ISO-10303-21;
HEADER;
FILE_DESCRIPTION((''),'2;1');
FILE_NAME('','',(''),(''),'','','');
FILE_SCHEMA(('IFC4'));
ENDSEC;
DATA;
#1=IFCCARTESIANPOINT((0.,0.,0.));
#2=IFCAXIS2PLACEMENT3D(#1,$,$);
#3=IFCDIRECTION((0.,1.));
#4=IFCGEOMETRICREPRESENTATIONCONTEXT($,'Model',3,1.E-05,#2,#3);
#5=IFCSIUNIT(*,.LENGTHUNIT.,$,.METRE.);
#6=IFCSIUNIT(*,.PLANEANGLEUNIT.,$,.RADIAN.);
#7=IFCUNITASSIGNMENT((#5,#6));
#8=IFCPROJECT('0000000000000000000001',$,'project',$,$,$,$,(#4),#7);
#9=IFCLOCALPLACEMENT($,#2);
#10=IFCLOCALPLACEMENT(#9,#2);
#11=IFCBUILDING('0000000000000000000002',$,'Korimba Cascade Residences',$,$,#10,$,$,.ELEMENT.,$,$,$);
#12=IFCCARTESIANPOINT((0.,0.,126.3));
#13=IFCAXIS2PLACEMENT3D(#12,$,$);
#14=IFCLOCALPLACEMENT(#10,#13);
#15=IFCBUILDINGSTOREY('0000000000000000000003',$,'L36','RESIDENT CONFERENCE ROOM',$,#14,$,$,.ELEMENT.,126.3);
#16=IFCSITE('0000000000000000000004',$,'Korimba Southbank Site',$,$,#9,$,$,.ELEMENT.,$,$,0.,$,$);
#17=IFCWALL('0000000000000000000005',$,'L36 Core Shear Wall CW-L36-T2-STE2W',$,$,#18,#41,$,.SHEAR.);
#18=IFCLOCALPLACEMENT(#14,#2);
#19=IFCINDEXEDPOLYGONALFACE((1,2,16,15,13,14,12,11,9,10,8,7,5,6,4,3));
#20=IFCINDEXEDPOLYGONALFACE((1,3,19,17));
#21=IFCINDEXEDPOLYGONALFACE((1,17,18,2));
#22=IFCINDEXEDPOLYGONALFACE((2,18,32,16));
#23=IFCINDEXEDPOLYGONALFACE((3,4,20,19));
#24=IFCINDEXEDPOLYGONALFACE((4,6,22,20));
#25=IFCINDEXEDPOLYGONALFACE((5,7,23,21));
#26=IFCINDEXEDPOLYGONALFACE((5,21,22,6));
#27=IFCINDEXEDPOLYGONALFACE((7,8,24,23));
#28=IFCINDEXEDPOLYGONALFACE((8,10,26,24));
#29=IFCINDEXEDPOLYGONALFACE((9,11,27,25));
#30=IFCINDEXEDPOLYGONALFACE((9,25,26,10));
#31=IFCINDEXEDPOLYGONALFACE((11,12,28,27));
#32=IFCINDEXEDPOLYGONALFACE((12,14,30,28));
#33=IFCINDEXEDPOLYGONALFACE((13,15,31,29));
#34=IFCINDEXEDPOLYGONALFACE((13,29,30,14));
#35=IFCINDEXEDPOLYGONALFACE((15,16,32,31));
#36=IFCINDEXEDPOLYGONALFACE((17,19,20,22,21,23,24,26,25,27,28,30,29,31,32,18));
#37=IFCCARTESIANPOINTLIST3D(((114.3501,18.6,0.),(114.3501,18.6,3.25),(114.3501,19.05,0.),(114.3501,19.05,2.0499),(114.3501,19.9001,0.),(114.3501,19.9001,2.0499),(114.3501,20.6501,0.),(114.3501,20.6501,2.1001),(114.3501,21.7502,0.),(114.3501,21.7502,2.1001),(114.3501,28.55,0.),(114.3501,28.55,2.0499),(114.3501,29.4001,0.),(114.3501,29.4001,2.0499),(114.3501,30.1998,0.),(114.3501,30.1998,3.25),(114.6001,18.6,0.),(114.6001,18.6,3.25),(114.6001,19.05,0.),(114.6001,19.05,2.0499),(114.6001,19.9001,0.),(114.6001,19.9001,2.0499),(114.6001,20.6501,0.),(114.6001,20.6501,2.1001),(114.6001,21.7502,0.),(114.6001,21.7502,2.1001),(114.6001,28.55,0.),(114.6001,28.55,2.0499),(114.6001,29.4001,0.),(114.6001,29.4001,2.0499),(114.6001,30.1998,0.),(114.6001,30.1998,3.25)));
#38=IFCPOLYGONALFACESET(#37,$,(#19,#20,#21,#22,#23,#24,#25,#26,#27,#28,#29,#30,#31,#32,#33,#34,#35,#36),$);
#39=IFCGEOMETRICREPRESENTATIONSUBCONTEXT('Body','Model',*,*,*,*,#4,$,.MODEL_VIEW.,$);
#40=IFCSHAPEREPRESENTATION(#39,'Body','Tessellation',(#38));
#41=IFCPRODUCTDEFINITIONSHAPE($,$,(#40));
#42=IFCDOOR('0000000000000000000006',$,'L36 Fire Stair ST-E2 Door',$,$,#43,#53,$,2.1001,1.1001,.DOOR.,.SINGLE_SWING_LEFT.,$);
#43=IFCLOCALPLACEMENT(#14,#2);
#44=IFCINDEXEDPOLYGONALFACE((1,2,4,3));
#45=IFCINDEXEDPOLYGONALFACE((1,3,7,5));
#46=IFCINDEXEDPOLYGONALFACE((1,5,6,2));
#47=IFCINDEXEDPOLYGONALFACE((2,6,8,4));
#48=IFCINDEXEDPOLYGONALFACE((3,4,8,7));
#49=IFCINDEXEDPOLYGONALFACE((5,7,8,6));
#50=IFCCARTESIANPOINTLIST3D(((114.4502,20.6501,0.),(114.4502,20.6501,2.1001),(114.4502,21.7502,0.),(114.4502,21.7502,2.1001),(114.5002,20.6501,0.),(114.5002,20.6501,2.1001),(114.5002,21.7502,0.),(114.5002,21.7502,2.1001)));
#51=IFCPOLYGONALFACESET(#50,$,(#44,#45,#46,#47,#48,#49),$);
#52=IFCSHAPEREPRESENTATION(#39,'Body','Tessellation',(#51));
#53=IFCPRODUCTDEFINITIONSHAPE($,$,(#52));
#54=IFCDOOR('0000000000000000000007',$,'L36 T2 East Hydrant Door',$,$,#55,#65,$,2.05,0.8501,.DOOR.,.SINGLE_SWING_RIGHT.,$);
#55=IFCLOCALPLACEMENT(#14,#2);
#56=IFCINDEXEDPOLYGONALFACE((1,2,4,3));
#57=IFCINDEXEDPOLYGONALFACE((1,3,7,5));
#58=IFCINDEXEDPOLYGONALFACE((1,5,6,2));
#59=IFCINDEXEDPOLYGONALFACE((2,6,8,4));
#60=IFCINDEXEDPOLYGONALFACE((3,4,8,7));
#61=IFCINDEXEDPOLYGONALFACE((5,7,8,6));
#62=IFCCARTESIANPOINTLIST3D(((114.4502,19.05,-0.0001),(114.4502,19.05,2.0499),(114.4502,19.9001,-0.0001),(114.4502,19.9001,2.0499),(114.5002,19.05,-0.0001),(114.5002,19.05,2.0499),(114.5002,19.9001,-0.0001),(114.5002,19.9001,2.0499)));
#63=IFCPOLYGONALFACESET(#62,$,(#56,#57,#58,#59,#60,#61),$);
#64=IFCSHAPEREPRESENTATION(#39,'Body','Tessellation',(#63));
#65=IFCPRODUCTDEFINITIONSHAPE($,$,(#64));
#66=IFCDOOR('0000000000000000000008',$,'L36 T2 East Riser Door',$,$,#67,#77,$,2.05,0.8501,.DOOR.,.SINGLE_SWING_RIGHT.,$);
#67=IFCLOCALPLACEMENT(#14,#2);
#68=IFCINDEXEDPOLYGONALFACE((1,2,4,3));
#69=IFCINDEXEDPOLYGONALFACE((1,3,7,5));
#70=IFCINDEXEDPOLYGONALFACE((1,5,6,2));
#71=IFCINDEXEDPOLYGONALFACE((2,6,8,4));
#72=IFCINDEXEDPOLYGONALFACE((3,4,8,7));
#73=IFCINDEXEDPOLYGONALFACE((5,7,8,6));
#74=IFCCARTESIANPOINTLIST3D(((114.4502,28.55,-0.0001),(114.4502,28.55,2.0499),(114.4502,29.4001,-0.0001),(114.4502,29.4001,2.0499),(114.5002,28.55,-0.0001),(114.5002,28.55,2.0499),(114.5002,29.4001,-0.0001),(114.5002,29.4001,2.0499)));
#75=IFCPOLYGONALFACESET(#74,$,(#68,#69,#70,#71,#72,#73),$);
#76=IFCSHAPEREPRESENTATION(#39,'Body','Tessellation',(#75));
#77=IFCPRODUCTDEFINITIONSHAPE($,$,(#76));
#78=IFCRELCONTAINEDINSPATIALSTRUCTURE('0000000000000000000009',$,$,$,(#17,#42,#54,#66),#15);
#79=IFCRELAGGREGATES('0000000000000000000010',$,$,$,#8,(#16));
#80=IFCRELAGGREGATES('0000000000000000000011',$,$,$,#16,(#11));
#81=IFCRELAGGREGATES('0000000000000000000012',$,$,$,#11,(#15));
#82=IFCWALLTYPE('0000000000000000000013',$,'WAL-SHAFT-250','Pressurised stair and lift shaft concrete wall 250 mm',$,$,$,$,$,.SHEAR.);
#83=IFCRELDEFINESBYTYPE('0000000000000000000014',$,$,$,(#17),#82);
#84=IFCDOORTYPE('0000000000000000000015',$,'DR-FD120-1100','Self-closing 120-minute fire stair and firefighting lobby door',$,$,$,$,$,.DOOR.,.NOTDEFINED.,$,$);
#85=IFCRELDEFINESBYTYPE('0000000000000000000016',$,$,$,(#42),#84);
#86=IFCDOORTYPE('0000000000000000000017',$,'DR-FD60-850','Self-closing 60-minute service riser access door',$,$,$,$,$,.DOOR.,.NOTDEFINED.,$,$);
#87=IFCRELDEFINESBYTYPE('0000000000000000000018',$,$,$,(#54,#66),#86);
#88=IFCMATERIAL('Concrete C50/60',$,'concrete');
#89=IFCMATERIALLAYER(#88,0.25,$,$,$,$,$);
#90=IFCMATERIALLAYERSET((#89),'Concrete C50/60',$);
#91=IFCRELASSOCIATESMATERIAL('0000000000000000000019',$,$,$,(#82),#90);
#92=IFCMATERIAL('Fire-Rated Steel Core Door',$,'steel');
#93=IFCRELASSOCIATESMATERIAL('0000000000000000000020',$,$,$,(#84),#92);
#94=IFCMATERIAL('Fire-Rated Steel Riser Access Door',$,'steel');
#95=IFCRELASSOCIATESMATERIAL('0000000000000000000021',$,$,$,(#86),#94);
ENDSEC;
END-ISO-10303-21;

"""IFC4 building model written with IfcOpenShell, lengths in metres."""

from ifc_helpers import new_model, si_unit, direction, frame, frame_2d, origin, place, context, subcontext, project, spatial, rectangle, extrude, material, layer, layer_set, type_object, element, fill, save


model = new_model("IFC4")

# Units and contexts
model_context = context("Model", 3, precision=1e-05, world=origin(), true_north=direction((0.0, 1.0)))
body_context = subcontext(model_context, "Body", "Model", "MODEL_VIEW")
ifc_project = project(units=[si_unit("LENGTHUNIT", "METRE"), si_unit("PLANEANGLEUNIT", "RADIAN")], contexts=[model_context])

# Site, building, storey
site_placement = place(None, origin())
site = spatial("IfcSite", under=ifc_project, at=site_placement, Name="Korimba Southbank Site", CompositionType="ELEMENT", RefElevation=0.0)
building_placement = place(site_placement, origin())
building = spatial("IfcBuilding", under=site, at=building_placement, Name="Korimba Cascade Residences", CompositionType="ELEMENT")
storey_placement = place(building_placement, frame((0.0, 0.0, 126.3)))
storey = spatial("IfcBuildingStorey", under=building, at=storey_placement, Name="L36", Description="RESIDENT CONFERENCE ROOM", CompositionType="ELEMENT", Elevation=126.3)

# Wall, openings, doors
ifc_material_1 = material(Name="Concrete C50/60", Category="concrete")
ifc_layer_1 = layer(ifc_material_1, 0.25)
ifc_layer_set_1 = layer_set([ifc_layer_1], Name="Concrete C50/60")
wall_type_1 = type_object("IfcWallType", Name="WAL-SHAFT-250", Description="Pressurised stair and lift shaft concrete wall 250 mm", PredefinedType="SHEAR", material=ifc_layer_set_1)
wall_1_placement = place(storey_placement, frame((114.4751, 18.6001, 0.0), z_axis=(0.0, 0.0, 1.0), x_axis=(0.0, 1.0, 0.0)))
wall_1 = element("IfcWall", 1, at=wall_1_placement, inside=storey, type_object=wall_type_1, Name="L36 Core Shear Wall CW-L36-T2-STE2W", PredefinedType="SHEAR", context=body_context, shape_type="SweptSolid", body=[
    extrude(rectangle(XDim=11.5999, YDim=0.25, at=frame_2d((5.7998, 0.0))), origin(), (0.0, 0.0, 1.0), 3.25),
])
opening_1_placement = place(wall_1_placement, frame((0.45, 0.0, 0.0)))
opening_1 = element("IfcOpeningElement", 2, at=opening_1_placement, cuts=wall_1, PredefinedType="OPENING", context=body_context, shape_type="SweptSolid", body=[
    extrude(rectangle(XDim=0.8501, YDim=2.05, at=frame_2d((0.425, 1.0249))), frame((0.0, 0.135, 0.0), z_axis=(0.0, -1.0, 0.0), x_axis=(1.0, 0.0, 0.0)), (0.0, 0.0, 1.0), 0.27),
])
opening_2_placement = place(wall_1_placement, frame((2.05, 0.0, 0.0)))
opening_2 = element("IfcOpeningElement", 3, at=opening_2_placement, cuts=wall_1, PredefinedType="OPENING", context=body_context, shape_type="SweptSolid", body=[
    extrude(rectangle(XDim=1.1001, YDim=2.1001, at=frame_2d((0.55, 1.05))), frame((0.0, 0.135, 0.0), z_axis=(0.0, -1.0, 0.0), x_axis=(1.0, 0.0, 0.0)), (0.0, 0.0, 1.0), 0.27),
])
opening_3_placement = place(wall_1_placement, frame((9.95, 0.0, 0.0)))
opening_3 = element("IfcOpeningElement", 4, at=opening_3_placement, cuts=wall_1, PredefinedType="OPENING", context=body_context, shape_type="SweptSolid", body=[
    extrude(rectangle(XDim=0.8501, YDim=2.05, at=frame_2d((0.425, 1.0249))), frame((0.0, 0.135, 0.0), z_axis=(0.0, -1.0, 0.0), x_axis=(1.0, 0.0, 0.0)), (0.0, 0.0, 1.0), 0.27),
])
ifc_material_2 = material(Name="Fire-Rated Steel Core Door", Category="steel")
door_type_1 = type_object("IfcDoorType", Name="DR-FD120-1100", Description="Self-closing 120-minute fire stair and firefighting lobby door", OperationType="NOTDEFINED", PredefinedType="DOOR", material=ifc_material_2)
door_1_placement = place(opening_2_placement, origin())
door_1 = element("IfcDoor", 5, at=door_1_placement, inside=storey, type_object=door_type_1, Name="L36 Fire Stair ST-E2 Door", OperationType="SINGLE_SWING_LEFT", OverallHeight=2.1001, OverallWidth=1.1001, PredefinedType="DOOR", context=body_context, shape_type="SweptSolid", body=[
    extrude(rectangle(XDim=1.1001, YDim=2.1001, at=frame_2d((0.55, 1.05))), frame((0.0, 0.0249, 0.0), z_axis=(0.0, -1.0, 0.0), x_axis=(1.0, 0.0, 0.0)), (0.0, 0.0, 1.0), 0.05),
])
fill(opening_2, door_1)
ifc_material_3 = material(Name="Fire-Rated Steel Riser Access Door", Category="steel")
door_type_2 = type_object("IfcDoorType", Name="DR-FD60-850", Description="Self-closing 60-minute service riser access door", OperationType="NOTDEFINED", PredefinedType="DOOR", material=ifc_material_3)
door_2_placement = place(opening_1_placement, origin())
door_2 = element("IfcDoor", 6, at=door_2_placement, inside=storey, type_object=door_type_2, Name="L36 T2 East Hydrant Door", OperationType="SINGLE_SWING_RIGHT", OverallHeight=2.05, OverallWidth=0.8501, PredefinedType="DOOR", context=body_context, shape_type="SweptSolid", body=[
    extrude(rectangle(XDim=0.8501, YDim=2.05, at=frame_2d((0.425, 1.0249))), frame((0.0, 0.0249, 0.0), z_axis=(0.0, -1.0, 0.0), x_axis=(1.0, 0.0, 0.0)), (0.0, 0.0, 1.0), 0.05),
])
fill(opening_1, door_2)
door_3_placement = place(opening_3_placement, origin())
door_3 = element("IfcDoor", 7, at=door_3_placement, inside=storey, type_object=door_type_2, Name="L36 T2 East Riser Door", OperationType="SINGLE_SWING_RIGHT", OverallHeight=2.05, OverallWidth=0.8501, PredefinedType="DOOR", context=body_context, shape_type="SweptSolid", body=[
    extrude(rectangle(XDim=0.8501, YDim=2.05, at=frame_2d((0.425, 1.0249))), frame((0.0, 0.0249, 0.0), z_axis=(0.0, -1.0, 0.0), x_axis=(1.0, 0.0, 0.0)), (0.0, 0.0, 1.0), 0.05),
])
fill(opening_3, door_3)

save(model, "model.ifc")
